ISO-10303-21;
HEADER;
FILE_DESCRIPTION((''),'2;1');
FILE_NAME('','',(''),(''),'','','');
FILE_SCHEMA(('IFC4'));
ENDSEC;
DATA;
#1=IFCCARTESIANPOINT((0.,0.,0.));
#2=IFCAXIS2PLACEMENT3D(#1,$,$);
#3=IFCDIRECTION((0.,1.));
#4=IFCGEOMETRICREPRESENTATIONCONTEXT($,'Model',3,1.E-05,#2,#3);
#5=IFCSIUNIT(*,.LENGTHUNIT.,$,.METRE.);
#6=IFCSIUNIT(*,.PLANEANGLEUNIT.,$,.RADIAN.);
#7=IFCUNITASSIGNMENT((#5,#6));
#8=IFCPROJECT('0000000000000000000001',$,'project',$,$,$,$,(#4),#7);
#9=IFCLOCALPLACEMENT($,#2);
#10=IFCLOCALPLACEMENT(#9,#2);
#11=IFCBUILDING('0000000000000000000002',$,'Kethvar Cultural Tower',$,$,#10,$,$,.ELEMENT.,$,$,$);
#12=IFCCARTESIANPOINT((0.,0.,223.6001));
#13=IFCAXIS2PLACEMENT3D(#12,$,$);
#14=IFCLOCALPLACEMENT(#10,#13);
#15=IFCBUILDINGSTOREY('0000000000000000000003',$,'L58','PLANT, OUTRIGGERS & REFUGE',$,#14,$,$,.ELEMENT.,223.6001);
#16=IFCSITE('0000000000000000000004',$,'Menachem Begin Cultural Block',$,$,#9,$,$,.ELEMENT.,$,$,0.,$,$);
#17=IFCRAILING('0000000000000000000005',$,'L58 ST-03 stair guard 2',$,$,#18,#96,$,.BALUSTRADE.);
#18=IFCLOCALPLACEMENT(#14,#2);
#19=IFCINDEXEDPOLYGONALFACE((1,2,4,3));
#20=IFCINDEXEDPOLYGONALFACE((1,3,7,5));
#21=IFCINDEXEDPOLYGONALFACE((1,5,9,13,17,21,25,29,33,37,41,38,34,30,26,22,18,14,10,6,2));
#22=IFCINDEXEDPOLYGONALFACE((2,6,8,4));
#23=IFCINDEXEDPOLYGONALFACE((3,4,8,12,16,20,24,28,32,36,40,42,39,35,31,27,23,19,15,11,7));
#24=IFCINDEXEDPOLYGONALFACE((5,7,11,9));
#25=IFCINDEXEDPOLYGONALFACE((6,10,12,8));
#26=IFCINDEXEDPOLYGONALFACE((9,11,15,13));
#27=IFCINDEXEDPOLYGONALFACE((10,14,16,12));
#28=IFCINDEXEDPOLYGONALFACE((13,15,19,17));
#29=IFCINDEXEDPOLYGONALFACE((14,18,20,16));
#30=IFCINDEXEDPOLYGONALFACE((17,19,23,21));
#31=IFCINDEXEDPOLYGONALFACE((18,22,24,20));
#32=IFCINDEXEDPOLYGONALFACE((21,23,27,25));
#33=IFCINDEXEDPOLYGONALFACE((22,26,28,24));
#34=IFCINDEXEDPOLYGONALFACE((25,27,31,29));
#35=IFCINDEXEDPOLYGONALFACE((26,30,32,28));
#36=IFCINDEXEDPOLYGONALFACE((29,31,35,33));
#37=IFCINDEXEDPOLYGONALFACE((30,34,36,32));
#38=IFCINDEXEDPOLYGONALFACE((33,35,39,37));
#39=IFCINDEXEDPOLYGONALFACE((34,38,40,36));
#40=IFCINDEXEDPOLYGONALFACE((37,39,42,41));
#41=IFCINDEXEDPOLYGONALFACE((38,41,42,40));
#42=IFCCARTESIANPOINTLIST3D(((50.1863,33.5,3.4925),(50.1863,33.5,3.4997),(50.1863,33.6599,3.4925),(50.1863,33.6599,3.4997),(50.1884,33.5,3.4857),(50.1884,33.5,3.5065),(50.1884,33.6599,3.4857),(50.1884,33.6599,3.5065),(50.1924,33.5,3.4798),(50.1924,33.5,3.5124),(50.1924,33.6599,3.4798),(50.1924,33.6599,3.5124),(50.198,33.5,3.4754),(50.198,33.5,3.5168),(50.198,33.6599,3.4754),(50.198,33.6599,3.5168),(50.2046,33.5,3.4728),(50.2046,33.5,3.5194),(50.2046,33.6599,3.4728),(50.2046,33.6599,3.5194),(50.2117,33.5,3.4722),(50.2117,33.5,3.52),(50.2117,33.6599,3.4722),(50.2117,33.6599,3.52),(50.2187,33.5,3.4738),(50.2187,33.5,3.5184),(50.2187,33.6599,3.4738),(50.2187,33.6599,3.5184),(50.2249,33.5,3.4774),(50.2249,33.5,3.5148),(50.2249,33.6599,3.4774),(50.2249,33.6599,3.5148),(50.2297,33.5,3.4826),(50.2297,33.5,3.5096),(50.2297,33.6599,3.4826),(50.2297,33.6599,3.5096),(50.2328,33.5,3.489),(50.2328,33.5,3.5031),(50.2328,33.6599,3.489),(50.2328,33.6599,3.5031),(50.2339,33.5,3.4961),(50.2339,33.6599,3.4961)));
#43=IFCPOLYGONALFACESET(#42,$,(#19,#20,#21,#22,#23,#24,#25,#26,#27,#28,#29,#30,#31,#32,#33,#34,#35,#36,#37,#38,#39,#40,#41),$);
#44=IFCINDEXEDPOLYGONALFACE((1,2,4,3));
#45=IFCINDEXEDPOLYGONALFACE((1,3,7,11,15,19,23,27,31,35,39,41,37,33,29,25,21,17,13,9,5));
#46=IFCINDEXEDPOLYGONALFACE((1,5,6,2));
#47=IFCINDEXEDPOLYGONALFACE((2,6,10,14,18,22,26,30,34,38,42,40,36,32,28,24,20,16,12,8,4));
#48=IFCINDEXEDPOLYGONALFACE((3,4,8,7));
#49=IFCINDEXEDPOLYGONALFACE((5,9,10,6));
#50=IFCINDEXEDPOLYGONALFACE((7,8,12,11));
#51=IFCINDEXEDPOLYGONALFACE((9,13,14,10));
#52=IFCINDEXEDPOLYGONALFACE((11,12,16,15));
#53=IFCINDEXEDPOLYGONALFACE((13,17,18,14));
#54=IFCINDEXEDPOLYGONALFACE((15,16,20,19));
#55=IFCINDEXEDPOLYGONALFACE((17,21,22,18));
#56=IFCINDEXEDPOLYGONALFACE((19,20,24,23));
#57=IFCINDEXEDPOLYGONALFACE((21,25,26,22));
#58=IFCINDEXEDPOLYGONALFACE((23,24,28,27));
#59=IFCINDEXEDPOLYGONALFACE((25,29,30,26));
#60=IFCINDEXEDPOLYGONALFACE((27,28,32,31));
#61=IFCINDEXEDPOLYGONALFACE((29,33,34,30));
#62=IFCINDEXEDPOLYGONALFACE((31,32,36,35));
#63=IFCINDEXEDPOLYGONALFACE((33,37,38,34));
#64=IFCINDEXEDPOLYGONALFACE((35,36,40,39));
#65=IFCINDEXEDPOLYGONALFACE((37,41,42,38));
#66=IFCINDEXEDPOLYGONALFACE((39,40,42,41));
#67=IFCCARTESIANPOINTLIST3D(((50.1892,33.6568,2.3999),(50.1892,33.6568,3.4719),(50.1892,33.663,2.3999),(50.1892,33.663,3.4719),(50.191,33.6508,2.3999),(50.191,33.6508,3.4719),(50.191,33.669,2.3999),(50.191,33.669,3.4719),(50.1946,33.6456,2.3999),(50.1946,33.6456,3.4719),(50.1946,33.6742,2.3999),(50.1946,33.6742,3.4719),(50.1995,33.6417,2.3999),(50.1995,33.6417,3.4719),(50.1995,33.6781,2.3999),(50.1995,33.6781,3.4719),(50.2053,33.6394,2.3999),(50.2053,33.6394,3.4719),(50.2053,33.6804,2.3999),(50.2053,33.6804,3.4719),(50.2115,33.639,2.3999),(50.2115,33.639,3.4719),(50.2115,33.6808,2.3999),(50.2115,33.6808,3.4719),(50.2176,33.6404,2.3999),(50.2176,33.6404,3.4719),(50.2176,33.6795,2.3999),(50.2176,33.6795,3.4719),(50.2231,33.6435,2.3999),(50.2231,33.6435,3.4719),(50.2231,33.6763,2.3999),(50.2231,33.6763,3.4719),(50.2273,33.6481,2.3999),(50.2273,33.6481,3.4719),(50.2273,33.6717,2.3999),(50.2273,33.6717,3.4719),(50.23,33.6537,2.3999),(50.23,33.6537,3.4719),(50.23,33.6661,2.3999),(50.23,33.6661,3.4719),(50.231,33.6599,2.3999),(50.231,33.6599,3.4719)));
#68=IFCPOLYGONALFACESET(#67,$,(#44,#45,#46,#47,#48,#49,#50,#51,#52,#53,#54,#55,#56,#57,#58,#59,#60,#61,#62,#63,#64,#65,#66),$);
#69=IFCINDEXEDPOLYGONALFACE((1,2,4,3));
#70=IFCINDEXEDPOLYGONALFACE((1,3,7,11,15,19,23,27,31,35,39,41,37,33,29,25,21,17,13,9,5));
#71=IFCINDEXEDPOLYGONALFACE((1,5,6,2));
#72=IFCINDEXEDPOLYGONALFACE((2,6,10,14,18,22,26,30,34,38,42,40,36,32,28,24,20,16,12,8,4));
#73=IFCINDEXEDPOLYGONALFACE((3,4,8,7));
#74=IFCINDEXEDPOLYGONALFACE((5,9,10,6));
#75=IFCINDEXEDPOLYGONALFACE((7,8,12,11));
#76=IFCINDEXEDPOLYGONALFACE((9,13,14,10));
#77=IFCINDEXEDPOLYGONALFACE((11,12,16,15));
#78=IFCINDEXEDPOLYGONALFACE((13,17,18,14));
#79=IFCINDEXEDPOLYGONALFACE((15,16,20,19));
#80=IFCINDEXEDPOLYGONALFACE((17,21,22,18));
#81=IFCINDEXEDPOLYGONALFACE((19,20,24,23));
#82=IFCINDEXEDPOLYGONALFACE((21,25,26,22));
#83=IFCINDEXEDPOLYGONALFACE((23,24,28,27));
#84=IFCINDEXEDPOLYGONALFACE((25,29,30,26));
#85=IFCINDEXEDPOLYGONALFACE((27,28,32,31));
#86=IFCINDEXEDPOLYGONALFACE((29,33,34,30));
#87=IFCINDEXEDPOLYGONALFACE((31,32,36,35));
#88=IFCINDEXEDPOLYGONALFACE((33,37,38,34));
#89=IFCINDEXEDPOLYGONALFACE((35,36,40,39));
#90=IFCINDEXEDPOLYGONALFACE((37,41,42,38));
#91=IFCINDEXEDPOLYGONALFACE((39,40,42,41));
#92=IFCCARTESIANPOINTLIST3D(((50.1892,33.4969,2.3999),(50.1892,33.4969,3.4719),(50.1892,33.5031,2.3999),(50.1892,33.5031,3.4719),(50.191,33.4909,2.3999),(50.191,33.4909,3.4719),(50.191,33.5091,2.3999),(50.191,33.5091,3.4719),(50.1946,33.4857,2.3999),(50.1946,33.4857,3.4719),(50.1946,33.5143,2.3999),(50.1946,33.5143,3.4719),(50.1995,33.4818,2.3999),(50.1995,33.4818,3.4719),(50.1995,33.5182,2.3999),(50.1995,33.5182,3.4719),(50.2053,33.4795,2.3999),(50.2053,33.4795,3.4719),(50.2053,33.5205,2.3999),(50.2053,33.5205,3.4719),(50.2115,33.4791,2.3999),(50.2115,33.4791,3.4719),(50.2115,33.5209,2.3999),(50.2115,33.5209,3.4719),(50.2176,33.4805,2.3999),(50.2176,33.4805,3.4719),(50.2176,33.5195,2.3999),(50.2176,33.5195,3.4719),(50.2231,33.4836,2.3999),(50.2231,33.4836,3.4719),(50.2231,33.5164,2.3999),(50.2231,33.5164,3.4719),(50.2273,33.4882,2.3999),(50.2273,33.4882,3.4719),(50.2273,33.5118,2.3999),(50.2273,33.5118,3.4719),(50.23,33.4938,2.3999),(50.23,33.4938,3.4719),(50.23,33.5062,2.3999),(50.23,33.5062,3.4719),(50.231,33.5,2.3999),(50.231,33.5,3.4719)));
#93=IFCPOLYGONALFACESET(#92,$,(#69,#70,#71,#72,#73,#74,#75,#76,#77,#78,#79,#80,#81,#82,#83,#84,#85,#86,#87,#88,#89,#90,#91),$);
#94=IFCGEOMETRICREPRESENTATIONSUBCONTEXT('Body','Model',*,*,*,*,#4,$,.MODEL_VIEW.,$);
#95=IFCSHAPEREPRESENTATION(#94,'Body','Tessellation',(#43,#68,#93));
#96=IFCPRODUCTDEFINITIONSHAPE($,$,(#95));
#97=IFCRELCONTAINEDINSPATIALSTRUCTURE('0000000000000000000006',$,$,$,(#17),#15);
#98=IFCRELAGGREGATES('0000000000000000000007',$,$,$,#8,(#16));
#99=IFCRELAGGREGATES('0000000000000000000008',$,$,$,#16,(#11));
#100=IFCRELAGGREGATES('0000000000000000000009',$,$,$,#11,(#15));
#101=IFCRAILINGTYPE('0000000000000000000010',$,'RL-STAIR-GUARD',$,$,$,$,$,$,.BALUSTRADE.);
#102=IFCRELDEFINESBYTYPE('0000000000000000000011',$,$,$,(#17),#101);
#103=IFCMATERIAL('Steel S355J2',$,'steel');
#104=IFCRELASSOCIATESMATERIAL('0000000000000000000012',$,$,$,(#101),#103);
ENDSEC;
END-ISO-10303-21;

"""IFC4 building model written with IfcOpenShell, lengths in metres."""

from ifc_helpers import new_model, si_unit, direction, frame, origin, origin_2d, place, context, subcontext, project, spatial, circle, extrude, material, type_object, element, save


model = new_model("IFC4")

# Units and contexts
model_context = context("Model", 3, precision=1e-05, world=origin(), true_north=direction((0.0, 1.0)))
body_context = subcontext(model_context, "Body", "Model", "MODEL_VIEW")
ifc_project = project(units=[si_unit("LENGTHUNIT", "METRE"), si_unit("PLANEANGLEUNIT", "RADIAN")], contexts=[model_context])

# Site, building, storey
site_placement = place(None, origin())
site = spatial("IfcSite", under=ifc_project, at=site_placement, Name="Menachem Begin Cultural Block", CompositionType="ELEMENT", RefElevation=0.0)
building_placement = place(site_placement, origin())
building = spatial("IfcBuilding", under=site, at=building_placement, Name="Kethvar Cultural Tower", CompositionType="ELEMENT")
storey_placement = place(building_placement, frame((0.0, 0.0, 223.6001)))
storey = spatial("IfcBuildingStorey", under=building, at=storey_placement, Name="L58", Description="PLANT, OUTRIGGERS & REFUGE", CompositionType="ELEMENT", Elevation=223.6001)

# Shared definitions
ifc_material_1 = material(Name="Steel S355J2", Category="steel")

# Railing
railing_type_1 = type_object("IfcRailingType", Name="RL-STAIR-GUARD", PredefinedType="BALUSTRADE", material=ifc_material_1)
railing_1_placement = place(storey_placement, frame((50.21, 33.6599, 2.3999)))
element("IfcRailing", 1, at=railing_1_placement, inside=storey, type_object=railing_type_1, Name="L58 ST-03 stair guard 2", PredefinedType="BALUSTRADE", context=body_context, shape_type="SweptSolid", body=[
    extrude(circle(Radius=0.0239, at=origin_2d()), frame((0.0, 0.0, 1.0962), z_axis=(0.0, -1.0, 0.0), x_axis=(1.0, 0.0, 0.0)), (0.0, 0.0, 1.0), 0.1599),
    extrude(circle(Radius=0.021, at=origin_2d()), origin(), (0.0, 0.0, 1.0), 1.072),
    extrude(circle(Radius=0.021, at=origin_2d()), frame((0.0, -0.1599, 0.0)), (0.0, 0.0, 1.0), 1.072),
])

save(model, "model.ifc")
